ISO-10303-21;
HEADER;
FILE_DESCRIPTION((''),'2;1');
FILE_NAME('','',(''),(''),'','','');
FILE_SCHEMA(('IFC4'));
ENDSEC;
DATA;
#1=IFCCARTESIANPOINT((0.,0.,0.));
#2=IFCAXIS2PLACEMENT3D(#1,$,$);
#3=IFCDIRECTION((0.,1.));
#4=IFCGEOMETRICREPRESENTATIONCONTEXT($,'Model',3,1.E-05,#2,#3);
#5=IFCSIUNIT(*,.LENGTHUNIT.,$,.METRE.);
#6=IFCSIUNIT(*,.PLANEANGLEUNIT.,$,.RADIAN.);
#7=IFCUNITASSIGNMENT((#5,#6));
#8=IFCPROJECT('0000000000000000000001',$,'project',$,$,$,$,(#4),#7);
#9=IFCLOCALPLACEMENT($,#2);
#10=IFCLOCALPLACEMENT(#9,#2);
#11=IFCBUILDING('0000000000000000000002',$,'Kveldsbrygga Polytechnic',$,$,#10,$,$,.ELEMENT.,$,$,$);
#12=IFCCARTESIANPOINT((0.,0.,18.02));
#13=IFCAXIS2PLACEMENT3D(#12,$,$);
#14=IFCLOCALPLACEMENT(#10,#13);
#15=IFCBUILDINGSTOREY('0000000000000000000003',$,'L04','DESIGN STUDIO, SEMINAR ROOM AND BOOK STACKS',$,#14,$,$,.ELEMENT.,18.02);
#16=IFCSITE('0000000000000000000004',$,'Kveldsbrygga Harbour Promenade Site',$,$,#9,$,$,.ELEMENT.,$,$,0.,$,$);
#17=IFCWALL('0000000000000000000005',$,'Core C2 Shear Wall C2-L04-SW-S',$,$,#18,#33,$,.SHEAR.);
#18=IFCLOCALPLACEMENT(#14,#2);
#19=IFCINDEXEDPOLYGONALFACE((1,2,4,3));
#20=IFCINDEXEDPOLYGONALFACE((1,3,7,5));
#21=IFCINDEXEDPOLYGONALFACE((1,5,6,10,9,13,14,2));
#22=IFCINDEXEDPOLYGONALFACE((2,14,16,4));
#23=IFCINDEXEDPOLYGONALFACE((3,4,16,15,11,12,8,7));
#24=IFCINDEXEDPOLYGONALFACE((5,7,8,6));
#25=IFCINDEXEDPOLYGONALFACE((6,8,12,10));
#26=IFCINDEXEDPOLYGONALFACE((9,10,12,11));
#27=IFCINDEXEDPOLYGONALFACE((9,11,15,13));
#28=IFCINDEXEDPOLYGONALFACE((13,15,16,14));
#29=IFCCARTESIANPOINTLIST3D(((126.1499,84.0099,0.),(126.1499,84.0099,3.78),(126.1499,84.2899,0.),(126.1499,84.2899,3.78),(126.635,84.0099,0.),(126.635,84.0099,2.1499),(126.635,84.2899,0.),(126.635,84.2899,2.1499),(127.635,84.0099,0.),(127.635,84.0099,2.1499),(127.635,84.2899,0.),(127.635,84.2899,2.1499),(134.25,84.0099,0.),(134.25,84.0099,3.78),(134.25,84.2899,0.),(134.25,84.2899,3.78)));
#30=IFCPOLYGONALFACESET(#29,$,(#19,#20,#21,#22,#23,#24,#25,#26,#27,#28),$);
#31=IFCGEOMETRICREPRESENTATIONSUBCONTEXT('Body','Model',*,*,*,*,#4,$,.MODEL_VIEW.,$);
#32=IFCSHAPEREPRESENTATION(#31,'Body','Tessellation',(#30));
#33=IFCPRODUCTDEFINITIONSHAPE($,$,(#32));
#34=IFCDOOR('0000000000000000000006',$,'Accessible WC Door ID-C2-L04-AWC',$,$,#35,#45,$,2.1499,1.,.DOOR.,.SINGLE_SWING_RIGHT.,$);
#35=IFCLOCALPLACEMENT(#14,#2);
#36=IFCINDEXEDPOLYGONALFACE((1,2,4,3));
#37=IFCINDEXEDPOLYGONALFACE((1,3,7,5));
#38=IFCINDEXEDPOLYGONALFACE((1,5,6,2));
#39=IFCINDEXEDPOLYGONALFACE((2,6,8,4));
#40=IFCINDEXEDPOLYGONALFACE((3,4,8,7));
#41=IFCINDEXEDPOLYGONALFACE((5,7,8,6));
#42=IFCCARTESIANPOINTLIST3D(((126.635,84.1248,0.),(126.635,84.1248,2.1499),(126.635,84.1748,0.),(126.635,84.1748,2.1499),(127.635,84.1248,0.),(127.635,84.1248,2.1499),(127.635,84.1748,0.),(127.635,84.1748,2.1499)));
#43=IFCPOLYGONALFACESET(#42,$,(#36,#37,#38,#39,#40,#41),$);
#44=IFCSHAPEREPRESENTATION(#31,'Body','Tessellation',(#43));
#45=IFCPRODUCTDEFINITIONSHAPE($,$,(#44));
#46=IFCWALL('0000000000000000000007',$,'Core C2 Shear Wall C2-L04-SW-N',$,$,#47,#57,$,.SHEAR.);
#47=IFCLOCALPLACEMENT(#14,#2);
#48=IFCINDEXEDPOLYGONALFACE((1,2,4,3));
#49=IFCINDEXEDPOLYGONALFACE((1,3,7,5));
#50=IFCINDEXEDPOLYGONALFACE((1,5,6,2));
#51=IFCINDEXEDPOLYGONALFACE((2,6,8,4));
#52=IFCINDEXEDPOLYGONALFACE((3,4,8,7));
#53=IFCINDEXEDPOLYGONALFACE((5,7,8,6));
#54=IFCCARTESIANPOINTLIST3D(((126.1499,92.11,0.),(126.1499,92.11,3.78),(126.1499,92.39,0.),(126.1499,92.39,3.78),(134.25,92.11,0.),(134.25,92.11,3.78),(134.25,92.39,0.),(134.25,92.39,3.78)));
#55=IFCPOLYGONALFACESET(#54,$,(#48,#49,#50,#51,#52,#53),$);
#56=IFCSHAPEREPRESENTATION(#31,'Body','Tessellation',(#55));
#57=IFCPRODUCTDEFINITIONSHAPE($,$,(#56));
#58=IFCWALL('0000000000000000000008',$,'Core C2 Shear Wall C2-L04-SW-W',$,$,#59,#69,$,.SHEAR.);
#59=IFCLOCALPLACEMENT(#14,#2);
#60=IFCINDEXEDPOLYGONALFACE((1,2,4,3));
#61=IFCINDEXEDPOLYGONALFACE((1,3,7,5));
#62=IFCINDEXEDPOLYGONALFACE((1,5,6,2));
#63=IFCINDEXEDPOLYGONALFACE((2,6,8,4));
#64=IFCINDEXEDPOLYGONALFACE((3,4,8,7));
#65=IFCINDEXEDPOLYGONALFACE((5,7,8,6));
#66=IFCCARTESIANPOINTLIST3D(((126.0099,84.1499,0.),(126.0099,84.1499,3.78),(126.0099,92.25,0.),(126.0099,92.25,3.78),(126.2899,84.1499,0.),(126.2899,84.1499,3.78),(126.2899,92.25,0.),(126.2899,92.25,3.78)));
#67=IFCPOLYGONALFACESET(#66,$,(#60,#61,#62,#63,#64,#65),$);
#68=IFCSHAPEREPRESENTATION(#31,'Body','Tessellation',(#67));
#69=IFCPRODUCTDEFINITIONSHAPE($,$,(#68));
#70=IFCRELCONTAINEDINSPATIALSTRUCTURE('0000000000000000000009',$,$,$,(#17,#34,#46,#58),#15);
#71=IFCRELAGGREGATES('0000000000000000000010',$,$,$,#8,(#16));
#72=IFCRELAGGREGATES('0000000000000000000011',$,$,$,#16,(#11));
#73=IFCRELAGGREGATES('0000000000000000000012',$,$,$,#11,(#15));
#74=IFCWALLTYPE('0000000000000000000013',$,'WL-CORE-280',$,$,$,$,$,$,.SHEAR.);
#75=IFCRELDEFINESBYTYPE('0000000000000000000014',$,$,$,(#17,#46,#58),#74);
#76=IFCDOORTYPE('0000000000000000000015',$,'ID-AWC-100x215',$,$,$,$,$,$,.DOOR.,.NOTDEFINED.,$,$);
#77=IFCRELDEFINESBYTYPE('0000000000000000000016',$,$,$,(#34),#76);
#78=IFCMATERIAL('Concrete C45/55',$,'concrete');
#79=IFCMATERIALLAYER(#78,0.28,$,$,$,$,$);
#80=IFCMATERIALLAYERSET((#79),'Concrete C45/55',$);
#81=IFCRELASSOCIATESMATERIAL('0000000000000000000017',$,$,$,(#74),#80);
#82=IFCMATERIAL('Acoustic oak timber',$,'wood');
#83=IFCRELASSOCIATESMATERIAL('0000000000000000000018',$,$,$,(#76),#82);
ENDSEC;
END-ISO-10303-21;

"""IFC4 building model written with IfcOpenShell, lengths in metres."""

from ifc_helpers import new_model, si_unit, direction, frame, frame_2d, origin, place, context, subcontext, project, spatial, rectangle, extrude, material, layer, layer_set, type_object, element, fill, save


model = new_model("IFC4")

# Units and contexts
model_context = context("Model", 3, precision=1e-05, world=origin(), true_north=direction((0.0, 1.0)))
body_context = subcontext(model_context, "Body", "Model", "MODEL_VIEW")
ifc_project = project(units=[si_unit("LENGTHUNIT", "METRE"), si_unit("PLANEANGLEUNIT", "RADIAN")], contexts=[model_context])

# Site, building, storey
site_placement = place(None, origin())
site = spatial("IfcSite", under=ifc_project, at=site_placement, Name="Kveldsbrygga Harbour Promenade Site", CompositionType="ELEMENT", RefElevation=0.0)
building_placement = place(site_placement, origin())
building = spatial("IfcBuilding", under=site, at=building_placement, Name="Kveldsbrygga Polytechnic", CompositionType="ELEMENT")
storey_placement = place(building_placement, frame((0.0, 0.0, 18.02)))
storey = spatial("IfcBuildingStorey", under=building, at=storey_placement, Name="L04", Description="DESIGN STUDIO, SEMINAR ROOM AND BOOK STACKS", CompositionType="ELEMENT", Elevation=18.02)

# Shared definitions
ifc_material_1 = material(Name="Concrete C45/55", Category="concrete")

# Wall, opening, door
ifc_layer_1 = layer(ifc_material_1, 0.28)
ifc_layer_set_1 = layer_set([ifc_layer_1], Name="Concrete C45/55")
wall_type_1 = type_object("IfcWallType", Name="WL-CORE-280", PredefinedType="SHEAR", material=ifc_layer_set_1)
wall_1_placement = place(storey_placement, frame((126.1499, 84.1499, 0.0), z_axis=(0.0, 0.0, 1.0), x_axis=(1.0, 0.0, 0.0)))
wall_1 = element("IfcWall", 1, at=wall_1_placement, inside=storey, type_object=wall_type_1, Name="Core C2 Shear Wall C2-L04-SW-S", PredefinedType="SHEAR", context=body_context, shape_type="SweptSolid", body=[
    extrude(rectangle(XDim=8.1001, YDim=0.28, at=frame_2d((4.05, 0.0))), origin(), (0.0, 0.0, 1.0), 3.78),
])
opening_1_placement = place(wall_1_placement, frame((0.4851, 0.0, 0.0)))
opening_1 = element("IfcOpeningElement", 2, at=opening_1_placement, cuts=wall_1, PredefinedType="OPENING", context=body_context, shape_type="SweptSolid", body=[
    extrude(rectangle(XDim=1.0, YDim=2.1499, at=frame_2d((0.5, 1.075))), frame((0.0, 0.1499, 0.0), z_axis=(0.0, -1.0, 0.0), x_axis=(1.0, 0.0, 0.0)), (0.0, 0.0, 1.0), 0.3),
])
ifc_material_2 = material(Name="Acoustic oak timber", Category="wood")
door_type_1 = type_object("IfcDoorType", Name="ID-AWC-100x215", OperationType="NOTDEFINED", PredefinedType="DOOR", material=ifc_material_2)
door_1_placement = place(opening_1_placement, origin())
door_1 = element("IfcDoor", 3, at=door_1_placement, inside=storey, type_object=door_type_1, Name="Accessible WC Door ID-C2-L04-AWC", OperationType="SINGLE_SWING_RIGHT", OverallHeight=2.1499, OverallWidth=1.0, PredefinedType="DOOR", context=body_context, shape_type="SweptSolid", body=[
    extrude(rectangle(XDim=1.0, YDim=2.1499, at=frame_2d((0.5, 1.075))), frame((0.0, 0.0249, 0.0), z_axis=(0.0, -1.0, 0.0), x_axis=(1.0, 0.0, 0.0)), (0.0, 0.0, 1.0), 0.05),
])
fill(opening_1, door_1)

# Walls
for number, where, z_axis, x_axis, name in (
    (4, (126.1499, 92.25, 0.0), (0.0, 0.0, 1.0), (1.0, 0.0, 0.0), "Core C2 Shear Wall C2-L04-SW-N"),
    (5, (126.1499, 84.1499, 0.0), (0.0, 0.0, 1.0), (0.0, 1.0, 0.0), "Core C2 Shear Wall C2-L04-SW-W"),
):
    element("IfcWall", number, at=place(storey_placement, frame(where, z_axis=z_axis, x_axis=x_axis)), inside=storey, type_object=wall_type_1, Name=name, PredefinedType="SHEAR", context=body_context, shape_type="SweptSolid", body=[
        extrude(rectangle(XDim=8.1001, YDim=0.28, at=frame_2d((4.05, 0.0))), origin(), (0.0, 0.0, 1.0), 3.78),
    ])

save(model, "model.ifc")
